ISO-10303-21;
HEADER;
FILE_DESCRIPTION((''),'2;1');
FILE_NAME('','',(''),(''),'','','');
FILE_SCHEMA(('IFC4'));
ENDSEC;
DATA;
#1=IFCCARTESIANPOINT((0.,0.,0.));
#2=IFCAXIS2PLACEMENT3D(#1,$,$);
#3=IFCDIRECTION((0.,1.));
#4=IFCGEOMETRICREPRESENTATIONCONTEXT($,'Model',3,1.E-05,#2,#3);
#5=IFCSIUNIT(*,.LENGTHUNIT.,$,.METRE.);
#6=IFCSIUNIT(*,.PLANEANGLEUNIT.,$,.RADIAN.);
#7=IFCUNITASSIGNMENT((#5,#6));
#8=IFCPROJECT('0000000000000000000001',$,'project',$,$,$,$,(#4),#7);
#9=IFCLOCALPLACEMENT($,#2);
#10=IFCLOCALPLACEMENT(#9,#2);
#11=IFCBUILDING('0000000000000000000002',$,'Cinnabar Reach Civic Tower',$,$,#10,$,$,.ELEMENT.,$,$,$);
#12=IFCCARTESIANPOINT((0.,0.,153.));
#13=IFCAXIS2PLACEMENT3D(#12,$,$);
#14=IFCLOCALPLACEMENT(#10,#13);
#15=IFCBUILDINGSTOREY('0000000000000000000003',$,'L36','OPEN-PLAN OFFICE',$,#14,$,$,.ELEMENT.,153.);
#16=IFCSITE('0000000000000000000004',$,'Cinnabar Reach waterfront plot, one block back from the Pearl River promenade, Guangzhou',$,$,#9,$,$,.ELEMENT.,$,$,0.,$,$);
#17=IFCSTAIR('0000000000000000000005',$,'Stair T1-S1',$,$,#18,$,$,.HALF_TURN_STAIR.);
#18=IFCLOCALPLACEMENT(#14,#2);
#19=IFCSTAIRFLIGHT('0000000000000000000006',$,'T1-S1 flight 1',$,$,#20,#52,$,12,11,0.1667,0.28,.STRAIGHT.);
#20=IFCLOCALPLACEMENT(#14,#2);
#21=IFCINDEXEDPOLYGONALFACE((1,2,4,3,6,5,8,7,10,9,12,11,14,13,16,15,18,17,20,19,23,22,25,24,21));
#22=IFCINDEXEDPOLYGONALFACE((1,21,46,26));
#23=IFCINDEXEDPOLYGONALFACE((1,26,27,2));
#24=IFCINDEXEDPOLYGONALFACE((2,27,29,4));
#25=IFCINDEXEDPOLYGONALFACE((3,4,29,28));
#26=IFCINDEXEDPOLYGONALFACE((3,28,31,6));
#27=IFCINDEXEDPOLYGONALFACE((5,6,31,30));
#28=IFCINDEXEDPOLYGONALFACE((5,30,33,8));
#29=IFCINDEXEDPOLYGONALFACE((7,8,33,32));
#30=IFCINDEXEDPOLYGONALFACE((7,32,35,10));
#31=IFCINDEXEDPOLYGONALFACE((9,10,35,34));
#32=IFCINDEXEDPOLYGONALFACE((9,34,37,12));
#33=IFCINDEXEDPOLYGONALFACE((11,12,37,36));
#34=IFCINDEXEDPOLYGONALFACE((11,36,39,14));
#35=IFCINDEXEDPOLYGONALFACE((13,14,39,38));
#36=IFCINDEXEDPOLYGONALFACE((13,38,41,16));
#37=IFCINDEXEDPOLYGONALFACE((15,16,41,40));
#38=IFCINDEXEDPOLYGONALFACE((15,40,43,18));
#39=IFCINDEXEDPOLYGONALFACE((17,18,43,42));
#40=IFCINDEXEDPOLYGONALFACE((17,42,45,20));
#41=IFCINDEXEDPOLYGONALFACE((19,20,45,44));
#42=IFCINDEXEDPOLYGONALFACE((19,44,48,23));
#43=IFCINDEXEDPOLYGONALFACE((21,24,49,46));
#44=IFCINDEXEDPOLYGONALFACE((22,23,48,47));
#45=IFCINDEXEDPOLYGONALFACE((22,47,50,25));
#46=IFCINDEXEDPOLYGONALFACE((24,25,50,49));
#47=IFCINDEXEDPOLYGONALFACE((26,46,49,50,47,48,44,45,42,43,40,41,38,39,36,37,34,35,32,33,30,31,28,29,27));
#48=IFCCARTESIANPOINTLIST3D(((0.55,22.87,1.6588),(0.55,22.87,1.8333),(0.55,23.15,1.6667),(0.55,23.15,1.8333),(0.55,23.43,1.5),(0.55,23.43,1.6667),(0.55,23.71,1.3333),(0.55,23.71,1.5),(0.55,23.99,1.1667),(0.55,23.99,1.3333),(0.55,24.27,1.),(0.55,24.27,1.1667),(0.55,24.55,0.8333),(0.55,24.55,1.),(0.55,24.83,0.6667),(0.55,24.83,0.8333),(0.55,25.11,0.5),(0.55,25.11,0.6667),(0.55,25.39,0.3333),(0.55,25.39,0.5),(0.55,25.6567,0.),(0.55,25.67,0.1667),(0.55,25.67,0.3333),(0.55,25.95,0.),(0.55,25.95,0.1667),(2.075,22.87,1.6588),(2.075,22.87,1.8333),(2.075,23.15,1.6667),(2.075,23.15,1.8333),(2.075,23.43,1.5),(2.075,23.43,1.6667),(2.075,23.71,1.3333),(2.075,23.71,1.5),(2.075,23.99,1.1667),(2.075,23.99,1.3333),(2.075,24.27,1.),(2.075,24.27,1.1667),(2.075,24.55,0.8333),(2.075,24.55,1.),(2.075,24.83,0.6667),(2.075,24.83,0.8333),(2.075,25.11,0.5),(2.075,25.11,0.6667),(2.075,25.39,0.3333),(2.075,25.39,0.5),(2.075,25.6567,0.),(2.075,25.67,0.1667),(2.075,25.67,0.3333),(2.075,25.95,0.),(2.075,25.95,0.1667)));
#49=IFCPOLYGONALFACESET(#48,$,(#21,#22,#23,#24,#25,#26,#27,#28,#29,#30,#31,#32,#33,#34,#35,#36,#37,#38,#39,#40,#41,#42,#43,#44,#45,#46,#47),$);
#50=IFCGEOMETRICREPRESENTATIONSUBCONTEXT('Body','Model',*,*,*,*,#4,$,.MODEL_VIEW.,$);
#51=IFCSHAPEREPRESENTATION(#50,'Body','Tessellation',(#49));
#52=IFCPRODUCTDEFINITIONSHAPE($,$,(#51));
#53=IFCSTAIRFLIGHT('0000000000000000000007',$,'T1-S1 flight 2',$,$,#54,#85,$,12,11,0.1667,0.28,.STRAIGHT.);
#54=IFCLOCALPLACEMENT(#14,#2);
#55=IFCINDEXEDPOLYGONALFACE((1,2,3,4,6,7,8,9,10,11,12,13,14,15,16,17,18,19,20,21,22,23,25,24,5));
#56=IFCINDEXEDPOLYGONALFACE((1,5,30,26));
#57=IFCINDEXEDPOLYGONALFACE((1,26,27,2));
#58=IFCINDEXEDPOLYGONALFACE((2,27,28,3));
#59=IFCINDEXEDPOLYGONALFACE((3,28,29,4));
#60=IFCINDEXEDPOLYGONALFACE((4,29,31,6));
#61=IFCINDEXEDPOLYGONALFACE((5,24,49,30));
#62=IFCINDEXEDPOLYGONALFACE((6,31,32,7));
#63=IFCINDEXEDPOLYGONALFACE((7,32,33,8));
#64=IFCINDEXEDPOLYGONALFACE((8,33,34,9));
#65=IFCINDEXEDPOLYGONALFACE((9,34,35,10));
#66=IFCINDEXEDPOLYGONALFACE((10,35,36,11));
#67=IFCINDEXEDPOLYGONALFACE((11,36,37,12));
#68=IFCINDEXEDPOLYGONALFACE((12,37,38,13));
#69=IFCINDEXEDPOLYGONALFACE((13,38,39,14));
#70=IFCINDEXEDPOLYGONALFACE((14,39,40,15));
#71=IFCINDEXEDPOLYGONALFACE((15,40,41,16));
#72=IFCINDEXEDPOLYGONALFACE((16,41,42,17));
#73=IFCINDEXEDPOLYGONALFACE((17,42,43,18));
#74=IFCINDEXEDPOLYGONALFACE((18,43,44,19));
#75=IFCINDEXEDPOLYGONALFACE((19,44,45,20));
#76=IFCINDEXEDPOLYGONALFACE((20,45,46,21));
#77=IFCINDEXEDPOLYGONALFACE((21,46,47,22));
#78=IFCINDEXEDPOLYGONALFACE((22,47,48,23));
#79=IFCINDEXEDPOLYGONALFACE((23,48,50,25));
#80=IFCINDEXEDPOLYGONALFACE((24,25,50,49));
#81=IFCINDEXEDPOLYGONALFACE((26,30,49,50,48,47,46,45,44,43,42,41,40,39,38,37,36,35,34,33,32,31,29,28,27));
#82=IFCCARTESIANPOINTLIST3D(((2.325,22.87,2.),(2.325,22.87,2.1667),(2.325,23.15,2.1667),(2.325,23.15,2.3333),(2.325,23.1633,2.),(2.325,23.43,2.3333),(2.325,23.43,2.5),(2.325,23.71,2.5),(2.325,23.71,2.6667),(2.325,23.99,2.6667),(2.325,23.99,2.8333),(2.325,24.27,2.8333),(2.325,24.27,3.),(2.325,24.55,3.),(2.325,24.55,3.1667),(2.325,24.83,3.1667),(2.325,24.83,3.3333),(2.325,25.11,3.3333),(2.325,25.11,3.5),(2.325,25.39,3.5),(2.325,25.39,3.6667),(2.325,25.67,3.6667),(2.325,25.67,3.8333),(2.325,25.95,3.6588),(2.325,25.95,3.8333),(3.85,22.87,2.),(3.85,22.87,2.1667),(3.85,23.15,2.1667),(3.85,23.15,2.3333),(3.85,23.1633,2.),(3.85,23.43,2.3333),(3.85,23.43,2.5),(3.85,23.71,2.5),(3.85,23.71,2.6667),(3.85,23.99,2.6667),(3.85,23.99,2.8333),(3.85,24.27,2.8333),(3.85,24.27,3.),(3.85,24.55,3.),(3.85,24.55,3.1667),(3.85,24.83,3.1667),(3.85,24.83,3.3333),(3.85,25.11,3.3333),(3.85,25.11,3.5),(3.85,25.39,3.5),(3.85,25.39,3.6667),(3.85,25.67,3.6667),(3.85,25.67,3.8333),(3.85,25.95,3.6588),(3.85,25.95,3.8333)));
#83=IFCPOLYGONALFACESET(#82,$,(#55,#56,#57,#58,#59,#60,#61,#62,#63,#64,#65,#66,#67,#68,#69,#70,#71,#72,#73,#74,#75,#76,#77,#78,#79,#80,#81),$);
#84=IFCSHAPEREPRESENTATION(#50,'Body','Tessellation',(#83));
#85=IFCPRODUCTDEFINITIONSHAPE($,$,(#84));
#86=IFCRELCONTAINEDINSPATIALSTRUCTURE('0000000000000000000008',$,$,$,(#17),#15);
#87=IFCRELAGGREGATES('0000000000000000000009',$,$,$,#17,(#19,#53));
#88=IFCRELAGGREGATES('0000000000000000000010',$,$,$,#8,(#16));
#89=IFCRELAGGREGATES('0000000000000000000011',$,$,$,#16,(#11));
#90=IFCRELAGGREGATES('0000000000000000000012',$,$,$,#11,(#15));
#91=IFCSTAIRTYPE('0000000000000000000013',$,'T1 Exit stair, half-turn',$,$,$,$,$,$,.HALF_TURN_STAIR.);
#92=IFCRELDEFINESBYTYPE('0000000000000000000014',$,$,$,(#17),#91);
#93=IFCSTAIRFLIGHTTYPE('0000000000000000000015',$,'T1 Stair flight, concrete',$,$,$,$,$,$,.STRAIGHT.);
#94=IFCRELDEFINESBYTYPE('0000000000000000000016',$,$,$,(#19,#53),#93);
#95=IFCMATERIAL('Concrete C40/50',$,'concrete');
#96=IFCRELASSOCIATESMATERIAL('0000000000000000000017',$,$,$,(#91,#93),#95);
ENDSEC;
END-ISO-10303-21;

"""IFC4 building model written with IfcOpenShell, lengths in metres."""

from ifc_helpers import new_model, si_unit, direction, frame, origin, place, context, subcontext, project, spatial, polyline, outline, extrude, material, type_object, element, aggregate, save


model = new_model("IFC4")

# Units and contexts
model_context = context("Model", 3, precision=1e-05, world=origin(), true_north=direction((0.0, 1.0)))
body_context = subcontext(model_context, "Body", "Model", "MODEL_VIEW")
ifc_project = project(units=[si_unit("LENGTHUNIT", "METRE"), si_unit("PLANEANGLEUNIT", "RADIAN")], contexts=[model_context])

# Site, building, storey
site_placement = place(None, origin())
site = spatial("IfcSite", under=ifc_project, at=site_placement, Name="Cinnabar Reach waterfront plot, one block back from the Pearl River promenade, Guangzhou", CompositionType="ELEMENT", RefElevation=0.0)
building_placement = place(site_placement, origin())
building = spatial("IfcBuilding", under=site, at=building_placement, Name="Cinnabar Reach Civic Tower", CompositionType="ELEMENT")
storey_placement = place(building_placement, frame((0.0, 0.0, 153.0)))
storey = spatial("IfcBuildingStorey", under=building, at=storey_placement, Name="L36", Description="OPEN-PLAN OFFICE", CompositionType="ELEMENT", Elevation=153.0)

# Shared definitions
ifc_material_1 = material(Name="Concrete C40/50", Category="concrete")

# Stair, stair flights
stair_type = type_object("IfcStairType", Name="T1 Exit stair, half-turn", PredefinedType="HALF_TURN_STAIR", material=ifc_material_1)
stair_placement = place(storey_placement, origin())
stair = element("IfcStair", 1, at=stair_placement, inside=storey, type_object=stair_type, Name="Stair T1-S1", PredefinedType="HALF_TURN_STAIR")
stair_flight_type = type_object("IfcStairFlightType", Name="T1 Stair flight, concrete", PredefinedType="STRAIGHT", material=ifc_material_1)
stair_flight_1_placement = place(storey_placement, frame((1.3125, 25.95, 0.0), z_axis=(0.0, 0.0, 1.0), x_axis=(0.0, -1.0, 0.0)))
stair_flight_1 = element("IfcStairFlight", 2, at=stair_flight_1_placement, type_object=stair_flight_type, Name="T1-S1 flight 1", NumberOfRisers=12, NumberOfTreads=11, PredefinedType="STRAIGHT", RiserHeight=0.1667, TreadLength=0.28, context=body_context, shape_type="SweptSolid", body=[
    extrude(outline(polyline([(0.0, 0.0), (0.0, 0.1667), (0.28, 0.1667), (0.28, 0.3333), (0.56, 0.3333), (0.56, 0.5), (0.84, 0.5), (0.84, 0.6667), (1.12, 0.6667), (1.12, 0.8333), (1.4, 0.8333), (1.4, 1.0), (1.68, 1.0), (1.68, 1.1667), (1.96, 1.1667), (1.96, 1.3333), (2.24, 1.3333), (2.24, 1.5), (2.52, 1.5), (2.52, 1.6667), (2.8, 1.6667), (2.8, 1.8333), (3.08, 1.8333), (3.08, 2.0), (3.08, 1.6588), (0.2933, 0.0), (0.0, 0.0)])), frame((0.0, 0.7625, 0.0), z_axis=(0.0, -1.0, 0.0), x_axis=(1.0, 0.0, 0.0)), (0.0, 0.0, 1.0), 1.525),
])
stair_flight_2_placement = place(storey_placement, frame((3.0875, 22.87, 2.0), z_axis=(0.0, 0.0, 1.0), x_axis=(0.0, 1.0, 0.0)))
stair_flight_2 = element("IfcStairFlight", 3, at=stair_flight_2_placement, type_object=stair_flight_type, Name="T1-S1 flight 2", NumberOfRisers=12, NumberOfTreads=11, PredefinedType="STRAIGHT", RiserHeight=0.1667, TreadLength=0.28, context=body_context, shape_type="SweptSolid", body=[
    extrude(outline(polyline([(0.0, 0.0), (0.0, 0.1667), (0.28, 0.1667), (0.28, 0.3333), (0.56, 0.3333), (0.56, 0.5), (0.84, 0.5), (0.84, 0.6667), (1.12, 0.6667), (1.12, 0.8333), (1.4, 0.8333), (1.4, 1.0), (1.68, 1.0), (1.68, 1.1667), (1.96, 1.1667), (1.96, 1.3333), (2.24, 1.3333), (2.24, 1.5), (2.52, 1.5), (2.52, 1.6667), (2.8, 1.6667), (2.8, 1.8333), (3.08, 1.8333), (3.08, 2.0), (3.08, 1.6588), (0.2933, 0.0), (0.0, 0.0)])), frame((0.0, 0.7625, 0.0), z_axis=(0.0, -1.0, 0.0), x_axis=(1.0, 0.0, 0.0)), (0.0, 0.0, 1.0), 1.525),
])
aggregate(stair, [stair_flight_1, stair_flight_2])

save(model, "model.ifc")
